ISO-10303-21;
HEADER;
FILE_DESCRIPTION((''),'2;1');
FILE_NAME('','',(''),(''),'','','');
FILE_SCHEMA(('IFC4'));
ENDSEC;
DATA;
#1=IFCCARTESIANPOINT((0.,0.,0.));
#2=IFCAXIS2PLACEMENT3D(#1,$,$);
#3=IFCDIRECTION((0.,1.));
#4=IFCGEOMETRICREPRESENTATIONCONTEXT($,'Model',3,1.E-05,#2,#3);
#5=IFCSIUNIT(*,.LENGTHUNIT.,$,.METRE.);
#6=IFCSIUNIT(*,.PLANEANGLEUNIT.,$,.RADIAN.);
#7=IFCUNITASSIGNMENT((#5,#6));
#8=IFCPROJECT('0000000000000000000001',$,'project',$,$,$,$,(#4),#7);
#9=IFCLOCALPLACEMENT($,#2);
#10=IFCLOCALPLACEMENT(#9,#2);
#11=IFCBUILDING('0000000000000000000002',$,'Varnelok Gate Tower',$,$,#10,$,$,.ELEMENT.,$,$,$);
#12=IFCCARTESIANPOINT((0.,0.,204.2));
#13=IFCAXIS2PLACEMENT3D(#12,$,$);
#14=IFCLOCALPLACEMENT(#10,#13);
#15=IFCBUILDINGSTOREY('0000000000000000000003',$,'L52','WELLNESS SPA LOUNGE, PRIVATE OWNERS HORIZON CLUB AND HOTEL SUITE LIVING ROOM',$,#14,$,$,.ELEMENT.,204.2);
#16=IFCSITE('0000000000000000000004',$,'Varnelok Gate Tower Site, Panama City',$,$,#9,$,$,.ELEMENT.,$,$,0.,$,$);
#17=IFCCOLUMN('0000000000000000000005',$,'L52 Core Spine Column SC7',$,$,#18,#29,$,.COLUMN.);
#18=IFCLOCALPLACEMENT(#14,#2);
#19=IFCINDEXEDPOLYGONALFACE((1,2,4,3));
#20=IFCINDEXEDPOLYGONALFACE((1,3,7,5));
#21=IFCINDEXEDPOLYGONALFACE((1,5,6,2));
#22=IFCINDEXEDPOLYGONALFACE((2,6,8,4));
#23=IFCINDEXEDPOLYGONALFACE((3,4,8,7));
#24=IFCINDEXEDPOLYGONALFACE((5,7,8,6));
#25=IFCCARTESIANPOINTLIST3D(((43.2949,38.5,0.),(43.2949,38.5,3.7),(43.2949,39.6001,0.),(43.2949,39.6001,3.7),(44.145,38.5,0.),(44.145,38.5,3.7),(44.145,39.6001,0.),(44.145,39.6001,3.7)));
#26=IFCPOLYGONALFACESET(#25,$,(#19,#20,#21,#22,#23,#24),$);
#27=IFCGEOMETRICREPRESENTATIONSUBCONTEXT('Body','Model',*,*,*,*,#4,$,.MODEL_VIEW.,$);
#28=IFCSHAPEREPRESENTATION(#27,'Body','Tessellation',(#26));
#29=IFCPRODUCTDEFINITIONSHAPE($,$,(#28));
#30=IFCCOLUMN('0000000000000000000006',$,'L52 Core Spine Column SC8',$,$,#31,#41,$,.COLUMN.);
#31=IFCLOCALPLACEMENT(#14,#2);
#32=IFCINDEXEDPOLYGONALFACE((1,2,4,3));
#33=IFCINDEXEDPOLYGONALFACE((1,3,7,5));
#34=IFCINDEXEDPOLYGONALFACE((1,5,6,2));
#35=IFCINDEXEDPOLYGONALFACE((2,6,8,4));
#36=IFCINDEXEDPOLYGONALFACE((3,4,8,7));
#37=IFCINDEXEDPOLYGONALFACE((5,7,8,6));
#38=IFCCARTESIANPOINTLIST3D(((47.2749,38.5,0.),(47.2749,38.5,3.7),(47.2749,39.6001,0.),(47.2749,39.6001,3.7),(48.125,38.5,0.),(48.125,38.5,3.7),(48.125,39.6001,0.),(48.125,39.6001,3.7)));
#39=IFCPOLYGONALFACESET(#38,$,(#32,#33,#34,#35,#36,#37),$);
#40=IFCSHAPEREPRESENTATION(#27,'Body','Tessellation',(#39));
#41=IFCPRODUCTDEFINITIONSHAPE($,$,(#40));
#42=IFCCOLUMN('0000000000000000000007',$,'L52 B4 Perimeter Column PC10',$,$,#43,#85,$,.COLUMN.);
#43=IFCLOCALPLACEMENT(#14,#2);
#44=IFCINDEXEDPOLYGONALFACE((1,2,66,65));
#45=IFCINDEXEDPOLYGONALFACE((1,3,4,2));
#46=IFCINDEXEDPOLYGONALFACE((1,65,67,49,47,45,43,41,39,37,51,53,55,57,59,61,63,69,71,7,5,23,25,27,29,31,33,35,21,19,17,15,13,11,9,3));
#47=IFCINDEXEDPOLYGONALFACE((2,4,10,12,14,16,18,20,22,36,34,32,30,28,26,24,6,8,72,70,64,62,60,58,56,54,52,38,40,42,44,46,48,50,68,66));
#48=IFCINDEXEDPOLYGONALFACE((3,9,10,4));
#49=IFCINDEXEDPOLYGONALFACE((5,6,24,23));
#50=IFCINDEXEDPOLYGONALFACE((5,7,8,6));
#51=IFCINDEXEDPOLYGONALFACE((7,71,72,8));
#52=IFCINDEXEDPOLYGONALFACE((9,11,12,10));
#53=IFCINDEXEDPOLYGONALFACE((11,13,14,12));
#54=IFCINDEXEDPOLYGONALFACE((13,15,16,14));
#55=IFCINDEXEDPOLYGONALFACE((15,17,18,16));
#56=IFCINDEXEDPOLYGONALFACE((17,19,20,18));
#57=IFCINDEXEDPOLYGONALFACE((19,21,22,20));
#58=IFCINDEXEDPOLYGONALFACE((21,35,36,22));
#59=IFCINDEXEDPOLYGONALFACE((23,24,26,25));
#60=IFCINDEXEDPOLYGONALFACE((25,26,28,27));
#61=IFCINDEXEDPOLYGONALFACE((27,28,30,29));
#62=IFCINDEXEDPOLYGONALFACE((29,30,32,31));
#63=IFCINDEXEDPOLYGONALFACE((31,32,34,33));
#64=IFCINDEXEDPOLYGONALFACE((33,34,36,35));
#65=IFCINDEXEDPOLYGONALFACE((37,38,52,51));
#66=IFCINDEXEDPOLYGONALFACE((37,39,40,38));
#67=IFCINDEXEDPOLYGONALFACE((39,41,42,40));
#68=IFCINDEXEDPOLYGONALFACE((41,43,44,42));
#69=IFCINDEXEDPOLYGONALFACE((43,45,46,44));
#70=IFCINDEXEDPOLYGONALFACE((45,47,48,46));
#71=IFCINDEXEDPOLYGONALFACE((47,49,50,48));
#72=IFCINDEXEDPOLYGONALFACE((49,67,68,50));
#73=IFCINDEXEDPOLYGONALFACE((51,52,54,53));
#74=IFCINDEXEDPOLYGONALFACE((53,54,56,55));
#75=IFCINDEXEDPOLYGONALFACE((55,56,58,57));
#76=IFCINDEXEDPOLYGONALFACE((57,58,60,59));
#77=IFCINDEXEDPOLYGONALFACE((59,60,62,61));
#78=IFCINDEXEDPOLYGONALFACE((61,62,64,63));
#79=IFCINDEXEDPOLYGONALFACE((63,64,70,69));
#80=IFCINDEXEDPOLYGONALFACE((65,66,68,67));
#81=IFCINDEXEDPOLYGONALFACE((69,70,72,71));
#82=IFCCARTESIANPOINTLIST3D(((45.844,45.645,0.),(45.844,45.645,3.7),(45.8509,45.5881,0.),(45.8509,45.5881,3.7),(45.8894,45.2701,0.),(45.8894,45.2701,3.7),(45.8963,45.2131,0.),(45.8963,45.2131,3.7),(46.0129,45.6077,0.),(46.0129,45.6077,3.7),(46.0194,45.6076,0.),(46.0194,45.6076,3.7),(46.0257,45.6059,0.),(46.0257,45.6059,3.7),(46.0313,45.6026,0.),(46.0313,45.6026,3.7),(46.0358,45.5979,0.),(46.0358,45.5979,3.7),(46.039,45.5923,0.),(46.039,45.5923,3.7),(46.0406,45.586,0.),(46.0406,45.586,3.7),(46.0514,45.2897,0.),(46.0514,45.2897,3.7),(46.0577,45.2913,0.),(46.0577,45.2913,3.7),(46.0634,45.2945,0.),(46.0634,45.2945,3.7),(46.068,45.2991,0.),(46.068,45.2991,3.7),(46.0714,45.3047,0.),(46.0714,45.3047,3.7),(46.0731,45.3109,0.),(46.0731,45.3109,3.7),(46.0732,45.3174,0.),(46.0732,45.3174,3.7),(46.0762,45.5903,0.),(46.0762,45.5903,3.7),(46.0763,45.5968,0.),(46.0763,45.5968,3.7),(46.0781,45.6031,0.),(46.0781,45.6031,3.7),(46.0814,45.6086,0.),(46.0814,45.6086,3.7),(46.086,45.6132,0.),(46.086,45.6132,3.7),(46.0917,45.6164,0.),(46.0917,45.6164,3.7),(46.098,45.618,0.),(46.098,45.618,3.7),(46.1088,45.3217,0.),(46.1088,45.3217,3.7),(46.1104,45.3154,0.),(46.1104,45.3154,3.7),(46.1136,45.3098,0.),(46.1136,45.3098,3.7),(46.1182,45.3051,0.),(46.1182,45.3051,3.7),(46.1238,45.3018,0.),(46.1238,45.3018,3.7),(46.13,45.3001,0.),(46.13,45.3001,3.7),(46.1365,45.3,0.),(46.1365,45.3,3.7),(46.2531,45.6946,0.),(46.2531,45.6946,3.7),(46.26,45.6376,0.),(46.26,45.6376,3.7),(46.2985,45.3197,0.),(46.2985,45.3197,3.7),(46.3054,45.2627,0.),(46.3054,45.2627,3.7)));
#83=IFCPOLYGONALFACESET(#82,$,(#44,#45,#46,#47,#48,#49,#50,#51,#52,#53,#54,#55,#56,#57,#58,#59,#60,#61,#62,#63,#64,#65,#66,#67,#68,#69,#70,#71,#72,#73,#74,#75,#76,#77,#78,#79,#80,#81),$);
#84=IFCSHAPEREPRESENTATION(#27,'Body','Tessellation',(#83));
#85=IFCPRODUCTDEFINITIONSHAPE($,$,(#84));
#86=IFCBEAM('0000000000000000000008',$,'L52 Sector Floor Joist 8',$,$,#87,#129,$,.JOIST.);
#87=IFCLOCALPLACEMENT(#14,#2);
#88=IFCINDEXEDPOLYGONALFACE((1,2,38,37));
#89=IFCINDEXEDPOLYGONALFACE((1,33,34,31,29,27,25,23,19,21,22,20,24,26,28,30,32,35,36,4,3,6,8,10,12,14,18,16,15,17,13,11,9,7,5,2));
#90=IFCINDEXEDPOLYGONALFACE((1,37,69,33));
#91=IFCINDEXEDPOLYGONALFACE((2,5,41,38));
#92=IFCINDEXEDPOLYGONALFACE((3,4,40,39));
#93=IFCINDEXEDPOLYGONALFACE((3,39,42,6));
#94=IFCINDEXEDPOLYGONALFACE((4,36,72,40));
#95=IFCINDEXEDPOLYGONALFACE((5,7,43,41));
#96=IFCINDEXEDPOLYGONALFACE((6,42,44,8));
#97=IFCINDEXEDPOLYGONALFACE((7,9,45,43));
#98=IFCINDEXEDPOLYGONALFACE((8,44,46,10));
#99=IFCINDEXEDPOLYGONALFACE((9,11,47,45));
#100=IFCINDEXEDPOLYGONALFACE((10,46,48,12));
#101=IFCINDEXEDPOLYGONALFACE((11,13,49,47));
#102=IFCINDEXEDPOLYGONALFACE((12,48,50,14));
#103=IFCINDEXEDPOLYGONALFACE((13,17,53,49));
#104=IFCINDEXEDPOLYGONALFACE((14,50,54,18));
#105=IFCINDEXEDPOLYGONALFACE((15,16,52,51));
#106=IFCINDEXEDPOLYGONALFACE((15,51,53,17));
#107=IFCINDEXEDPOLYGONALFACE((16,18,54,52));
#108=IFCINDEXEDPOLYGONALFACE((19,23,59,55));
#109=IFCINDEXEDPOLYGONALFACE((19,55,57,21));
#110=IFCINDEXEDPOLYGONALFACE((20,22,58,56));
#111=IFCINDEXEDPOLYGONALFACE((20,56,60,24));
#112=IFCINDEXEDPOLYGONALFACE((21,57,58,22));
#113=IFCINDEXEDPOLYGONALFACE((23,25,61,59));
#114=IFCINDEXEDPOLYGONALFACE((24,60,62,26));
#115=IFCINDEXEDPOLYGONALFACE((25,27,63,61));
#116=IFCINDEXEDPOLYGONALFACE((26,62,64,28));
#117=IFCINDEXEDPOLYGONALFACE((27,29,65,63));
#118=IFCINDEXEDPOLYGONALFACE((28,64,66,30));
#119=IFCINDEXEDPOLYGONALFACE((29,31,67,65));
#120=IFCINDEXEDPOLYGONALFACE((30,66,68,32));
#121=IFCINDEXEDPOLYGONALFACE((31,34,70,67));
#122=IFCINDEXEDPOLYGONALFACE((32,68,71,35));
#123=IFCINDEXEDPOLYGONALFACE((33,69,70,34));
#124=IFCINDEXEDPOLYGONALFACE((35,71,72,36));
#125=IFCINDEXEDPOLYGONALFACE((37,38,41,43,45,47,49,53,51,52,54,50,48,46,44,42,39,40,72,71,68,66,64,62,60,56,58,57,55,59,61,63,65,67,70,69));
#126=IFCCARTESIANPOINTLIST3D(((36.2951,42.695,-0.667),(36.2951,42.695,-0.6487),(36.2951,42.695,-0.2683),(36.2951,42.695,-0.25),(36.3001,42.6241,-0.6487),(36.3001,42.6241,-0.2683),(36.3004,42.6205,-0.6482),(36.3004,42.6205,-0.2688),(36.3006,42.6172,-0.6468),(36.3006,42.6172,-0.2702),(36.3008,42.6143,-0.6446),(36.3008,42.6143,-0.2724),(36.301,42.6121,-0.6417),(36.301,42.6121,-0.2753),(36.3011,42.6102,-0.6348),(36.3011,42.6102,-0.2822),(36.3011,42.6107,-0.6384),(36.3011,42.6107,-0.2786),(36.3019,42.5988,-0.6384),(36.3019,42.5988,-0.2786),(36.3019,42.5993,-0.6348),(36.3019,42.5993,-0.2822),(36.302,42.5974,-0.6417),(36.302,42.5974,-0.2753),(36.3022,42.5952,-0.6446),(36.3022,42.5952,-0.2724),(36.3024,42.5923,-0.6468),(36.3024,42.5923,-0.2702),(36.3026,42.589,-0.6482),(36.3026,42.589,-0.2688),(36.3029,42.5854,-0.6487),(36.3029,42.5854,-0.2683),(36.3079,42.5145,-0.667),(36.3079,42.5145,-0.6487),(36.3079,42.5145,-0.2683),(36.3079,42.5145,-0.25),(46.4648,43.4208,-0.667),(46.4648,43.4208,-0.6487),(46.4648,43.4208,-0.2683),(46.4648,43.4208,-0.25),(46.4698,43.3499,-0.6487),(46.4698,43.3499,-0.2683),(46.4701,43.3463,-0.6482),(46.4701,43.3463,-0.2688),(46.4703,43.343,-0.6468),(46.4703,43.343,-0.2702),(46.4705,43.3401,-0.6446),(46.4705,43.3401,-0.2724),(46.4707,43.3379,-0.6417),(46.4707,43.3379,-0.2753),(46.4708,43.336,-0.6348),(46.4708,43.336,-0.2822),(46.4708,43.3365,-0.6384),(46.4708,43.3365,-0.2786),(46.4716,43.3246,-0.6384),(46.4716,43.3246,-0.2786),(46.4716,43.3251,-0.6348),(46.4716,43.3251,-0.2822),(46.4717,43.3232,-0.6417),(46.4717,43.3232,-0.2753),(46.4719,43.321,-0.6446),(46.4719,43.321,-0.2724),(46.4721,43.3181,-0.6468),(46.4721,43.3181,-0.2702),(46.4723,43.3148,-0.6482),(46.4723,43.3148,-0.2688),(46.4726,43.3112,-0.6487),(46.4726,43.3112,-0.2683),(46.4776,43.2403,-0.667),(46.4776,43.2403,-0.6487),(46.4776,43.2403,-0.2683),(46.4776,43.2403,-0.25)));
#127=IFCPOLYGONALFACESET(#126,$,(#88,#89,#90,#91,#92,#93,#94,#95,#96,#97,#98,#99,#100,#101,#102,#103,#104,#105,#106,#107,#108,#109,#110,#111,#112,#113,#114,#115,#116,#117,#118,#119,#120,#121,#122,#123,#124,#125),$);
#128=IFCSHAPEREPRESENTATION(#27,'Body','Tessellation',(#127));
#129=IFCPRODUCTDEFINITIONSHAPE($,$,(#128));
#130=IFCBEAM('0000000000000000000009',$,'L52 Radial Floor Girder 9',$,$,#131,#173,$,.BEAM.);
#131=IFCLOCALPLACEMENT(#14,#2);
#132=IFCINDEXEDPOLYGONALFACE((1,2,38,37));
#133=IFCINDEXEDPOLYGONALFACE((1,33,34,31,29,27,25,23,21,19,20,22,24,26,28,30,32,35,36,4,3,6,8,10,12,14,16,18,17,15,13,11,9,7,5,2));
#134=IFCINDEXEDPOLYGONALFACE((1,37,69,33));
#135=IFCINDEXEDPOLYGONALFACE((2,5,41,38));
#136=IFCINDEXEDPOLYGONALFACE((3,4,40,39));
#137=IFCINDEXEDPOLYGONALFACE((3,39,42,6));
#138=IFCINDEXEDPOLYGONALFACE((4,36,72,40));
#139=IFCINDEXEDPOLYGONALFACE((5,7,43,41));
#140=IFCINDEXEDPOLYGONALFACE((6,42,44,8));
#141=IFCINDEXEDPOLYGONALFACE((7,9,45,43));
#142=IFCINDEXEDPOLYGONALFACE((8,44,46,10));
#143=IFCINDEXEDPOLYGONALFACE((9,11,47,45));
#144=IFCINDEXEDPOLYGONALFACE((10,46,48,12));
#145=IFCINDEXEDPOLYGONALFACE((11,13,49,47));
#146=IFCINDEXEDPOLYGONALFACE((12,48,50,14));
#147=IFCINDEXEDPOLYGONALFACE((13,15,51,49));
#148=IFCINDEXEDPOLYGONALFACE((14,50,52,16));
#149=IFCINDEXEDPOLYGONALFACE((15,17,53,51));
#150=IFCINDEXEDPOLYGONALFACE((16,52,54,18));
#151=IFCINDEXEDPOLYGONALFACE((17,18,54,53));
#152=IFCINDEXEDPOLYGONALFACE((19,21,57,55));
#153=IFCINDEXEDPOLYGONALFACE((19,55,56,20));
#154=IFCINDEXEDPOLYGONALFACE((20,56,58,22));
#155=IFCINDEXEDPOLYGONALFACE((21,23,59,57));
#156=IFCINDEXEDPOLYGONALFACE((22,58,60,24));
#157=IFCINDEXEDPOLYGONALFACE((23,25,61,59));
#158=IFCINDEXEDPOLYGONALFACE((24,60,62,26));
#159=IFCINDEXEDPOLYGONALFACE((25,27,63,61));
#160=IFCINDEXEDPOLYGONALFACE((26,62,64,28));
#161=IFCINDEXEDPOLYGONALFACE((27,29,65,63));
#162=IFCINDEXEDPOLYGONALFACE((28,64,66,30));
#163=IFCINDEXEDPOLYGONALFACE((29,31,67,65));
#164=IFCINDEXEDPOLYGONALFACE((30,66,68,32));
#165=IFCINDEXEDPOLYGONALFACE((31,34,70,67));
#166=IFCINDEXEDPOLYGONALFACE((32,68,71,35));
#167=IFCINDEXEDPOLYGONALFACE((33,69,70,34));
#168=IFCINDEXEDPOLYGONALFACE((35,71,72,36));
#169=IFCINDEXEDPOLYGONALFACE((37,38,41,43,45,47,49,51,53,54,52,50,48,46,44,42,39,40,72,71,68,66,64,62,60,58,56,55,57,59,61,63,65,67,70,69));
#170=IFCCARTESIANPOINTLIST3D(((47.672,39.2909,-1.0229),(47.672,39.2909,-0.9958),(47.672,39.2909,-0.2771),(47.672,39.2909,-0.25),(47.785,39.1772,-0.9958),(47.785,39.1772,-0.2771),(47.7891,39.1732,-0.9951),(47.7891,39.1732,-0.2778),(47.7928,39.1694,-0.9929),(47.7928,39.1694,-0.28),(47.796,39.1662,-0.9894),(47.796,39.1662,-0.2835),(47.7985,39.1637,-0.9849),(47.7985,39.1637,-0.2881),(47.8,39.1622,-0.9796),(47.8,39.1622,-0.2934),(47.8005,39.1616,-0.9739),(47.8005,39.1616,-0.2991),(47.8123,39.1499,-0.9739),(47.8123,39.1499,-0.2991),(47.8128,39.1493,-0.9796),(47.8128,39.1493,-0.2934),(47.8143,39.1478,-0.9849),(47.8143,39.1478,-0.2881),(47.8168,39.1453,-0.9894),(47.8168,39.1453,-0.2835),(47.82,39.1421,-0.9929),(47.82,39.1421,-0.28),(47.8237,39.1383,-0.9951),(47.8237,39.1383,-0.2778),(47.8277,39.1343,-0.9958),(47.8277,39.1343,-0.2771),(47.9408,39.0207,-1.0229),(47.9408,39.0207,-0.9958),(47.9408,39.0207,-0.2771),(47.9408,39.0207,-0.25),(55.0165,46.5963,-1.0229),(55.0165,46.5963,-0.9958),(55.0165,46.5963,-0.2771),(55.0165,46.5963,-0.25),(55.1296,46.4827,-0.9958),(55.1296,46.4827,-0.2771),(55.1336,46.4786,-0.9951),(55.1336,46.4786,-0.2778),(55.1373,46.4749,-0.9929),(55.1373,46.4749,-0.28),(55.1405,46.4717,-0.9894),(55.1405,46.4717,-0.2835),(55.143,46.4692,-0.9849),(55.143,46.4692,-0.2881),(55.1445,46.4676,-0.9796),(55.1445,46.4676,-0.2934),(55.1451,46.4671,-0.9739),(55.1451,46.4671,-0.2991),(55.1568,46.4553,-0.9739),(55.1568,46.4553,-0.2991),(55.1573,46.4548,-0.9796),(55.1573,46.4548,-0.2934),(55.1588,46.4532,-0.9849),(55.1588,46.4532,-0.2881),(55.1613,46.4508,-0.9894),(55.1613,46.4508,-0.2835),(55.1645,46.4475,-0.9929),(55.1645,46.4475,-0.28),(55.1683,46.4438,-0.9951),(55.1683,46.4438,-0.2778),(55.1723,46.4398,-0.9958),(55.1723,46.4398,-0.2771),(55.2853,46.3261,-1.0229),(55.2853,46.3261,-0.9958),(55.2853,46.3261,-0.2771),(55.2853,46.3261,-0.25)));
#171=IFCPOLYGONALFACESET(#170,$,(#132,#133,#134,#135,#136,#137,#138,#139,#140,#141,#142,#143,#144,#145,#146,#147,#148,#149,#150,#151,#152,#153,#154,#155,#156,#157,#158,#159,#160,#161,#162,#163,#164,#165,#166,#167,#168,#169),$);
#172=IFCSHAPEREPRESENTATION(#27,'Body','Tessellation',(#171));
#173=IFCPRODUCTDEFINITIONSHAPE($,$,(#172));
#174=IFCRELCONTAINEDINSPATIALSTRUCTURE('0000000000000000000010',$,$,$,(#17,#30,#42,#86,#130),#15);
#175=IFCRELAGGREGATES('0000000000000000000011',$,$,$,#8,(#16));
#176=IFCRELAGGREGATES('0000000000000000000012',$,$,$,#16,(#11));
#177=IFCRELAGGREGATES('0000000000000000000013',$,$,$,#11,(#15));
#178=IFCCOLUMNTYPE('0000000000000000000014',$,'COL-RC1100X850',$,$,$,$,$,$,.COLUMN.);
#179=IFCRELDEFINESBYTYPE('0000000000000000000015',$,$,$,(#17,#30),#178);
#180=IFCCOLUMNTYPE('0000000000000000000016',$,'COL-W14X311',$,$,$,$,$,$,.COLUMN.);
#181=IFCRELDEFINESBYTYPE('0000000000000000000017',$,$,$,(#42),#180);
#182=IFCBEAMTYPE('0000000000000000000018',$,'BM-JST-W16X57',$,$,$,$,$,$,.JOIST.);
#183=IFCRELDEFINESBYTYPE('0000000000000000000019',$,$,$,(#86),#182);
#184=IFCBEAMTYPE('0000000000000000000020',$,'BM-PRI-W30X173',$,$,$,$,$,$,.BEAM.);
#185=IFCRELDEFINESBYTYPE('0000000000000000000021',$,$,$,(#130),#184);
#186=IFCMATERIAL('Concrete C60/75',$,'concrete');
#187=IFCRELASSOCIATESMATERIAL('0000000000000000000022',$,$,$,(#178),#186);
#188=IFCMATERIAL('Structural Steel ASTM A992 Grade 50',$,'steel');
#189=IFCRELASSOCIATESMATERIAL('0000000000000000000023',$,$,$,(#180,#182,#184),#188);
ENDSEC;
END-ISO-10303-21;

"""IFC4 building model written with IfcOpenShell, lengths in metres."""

from ifc_helpers import new_model, si_unit, direction, frame, origin, origin_2d, place, context, subcontext, project, spatial, rectangle, i_section, extrude, material, material_profile, profile_set, type_object, element, save


model = new_model("IFC4")

# Units and contexts
model_context = context("Model", 3, precision=1e-05, world=origin(), true_north=direction((0.0, 1.0)))
body_context = subcontext(model_context, "Body", "Model", "MODEL_VIEW")
ifc_project = project(units=[si_unit("LENGTHUNIT", "METRE"), si_unit("PLANEANGLEUNIT", "RADIAN")], contexts=[model_context])

# Site, building, storey
site_placement = place(None, origin())
site = spatial("IfcSite", under=ifc_project, at=site_placement, Name="Varnelok Gate Tower Site, Panama City", CompositionType="ELEMENT", RefElevation=0.0)
building_placement = place(site_placement, origin())
building = spatial("IfcBuilding", under=site, at=building_placement, Name="Varnelok Gate Tower", CompositionType="ELEMENT")
storey_placement = place(building_placement, frame((0.0, 0.0, 204.2)))
storey = spatial("IfcBuildingStorey", under=building, at=storey_placement, Name="L52", Description="WELLNESS SPA LOUNGE, PRIVATE OWNERS HORIZON CLUB AND HOTEL SUITE LIVING ROOM", CompositionType="ELEMENT", Elevation=204.2)

# Columns
ifc_material_1 = material(Name="Concrete C60/75", Category="concrete")
ifc_material_profile_1 = material_profile(ifc_material_1, rectangle(XDim=0.8501, YDim=1.1001, at=origin_2d()), Name="RC1100X850")
ifc_profile_set_1 = profile_set([ifc_material_profile_1], Name="Concrete C60/75")
column_type_1 = type_object("IfcColumnType", Name="COL-RC1100X850", PredefinedType="COLUMN", material=ifc_profile_set_1)
for number, where, z_axis, x_axis, name in (
    (1, (43.72, 39.05, 0.0), (0.0, 0.0, 1.0), (1.0, 0.0, 0.0), "L52 Core Spine Column SC7"),
    (2, (47.7, 39.05, 0.0), (0.0, 0.0, 1.0), (1.0, 0.0, 0.0), "L52 Core Spine Column SC8"),
):
    element("IfcColumn", number, at=place(storey_placement, frame(where, z_axis=z_axis, x_axis=x_axis)), inside=storey, type_object=column_type_1, Name=name, PredefinedType="COLUMN", context=body_context, shape_type="SweptSolid", body=[
        extrude(rectangle(XDim=0.8501, YDim=1.1001, at=origin_2d()), origin(), (0.0, 0.0, 1.0), 3.7),
    ])
ifc_material_2 = material(Name="Structural Steel ASTM A992 Grade 50", Category="steel")
ifc_material_profile_2 = material_profile(ifc_material_2, i_section(OverallWidth=0.4121, OverallDepth=0.4351, WebThickness=0.0359, FlangeThickness=0.0574, FilletRadius=0.0249, at=origin_2d()), Name="W14X311")
ifc_profile_set_2 = profile_set([ifc_material_profile_2], Name="Structural Steel ASTM A992 Grade 50")
column_type_2 = type_object("IfcColumnType", Name="COL-W14X311", PredefinedType="COLUMN", material=ifc_profile_set_2)
column_placement = place(storey_placement, frame((46.0747, 45.4539, 0.0), z_axis=(0.0, 0.0, 1.0), x_axis=(0.992732, 0.120345, 0.0)))
element("IfcColumn", 3, at=column_placement, inside=storey, type_object=column_type_2, Name="L52 B4 Perimeter Column PC10", PredefinedType="COLUMN", context=body_context, shape_type="SweptSolid", body=[
    extrude(i_section(OverallWidth=0.4121, OverallDepth=0.4351, WebThickness=0.0359, FlangeThickness=0.0574, FilletRadius=0.0249, at=origin_2d()), origin(), (0.0, 0.0, 1.0), 3.7),
])

# Beams
ifc_material_profile_3 = material_profile(ifc_material_2, i_section(OverallWidth=0.1809, OverallDepth=0.417, WebThickness=0.011, FlangeThickness=0.0183, FilletRadius=0.0139, at=origin_2d()), Name="W16X57")
ifc_profile_set_3 = profile_set([ifc_material_profile_3], Name="Structural Steel ASTM A992 Grade 50")
beam_type_1 = type_object("IfcBeamType", Name="BM-JST-W16X57", PredefinedType="JOIST", material=ifc_profile_set_3)
beam_1_placement = place(storey_placement, frame((46.4712, 43.3306, -0.4585), z_axis=(-0.997463, -0.071191, 0.0), x_axis=(0.071191, -0.997463, 0.0)))
element("IfcBeam", 4, at=beam_1_placement, inside=storey, type_object=beam_type_1, Name="L52 Sector Floor Joist 8", PredefinedType="JOIST", context=body_context, shape_type="SweptSolid", body=[
    extrude(i_section(OverallWidth=0.1809, OverallDepth=0.417, WebThickness=0.011, FlangeThickness=0.0183, FilletRadius=0.0139, at=origin_2d()), origin(), (0.0, 0.0, 1.0), 10.1956),
])
ifc_material_profile_4 = material_profile(ifc_material_2, i_section(OverallWidth=0.3811, OverallDepth=0.7729, WebThickness=0.0166, FlangeThickness=0.0271, FilletRadius=0.022, at=origin_2d()), Name="W30X173")
ifc_profile_set_4 = profile_set([ifc_material_profile_4], Name="Structural Steel ASTM A992 Grade 50")
beam_type_2 = type_object("IfcBeamType", Name="BM-PRI-W30X173", PredefinedType="BEAM", material=ifc_profile_set_4)
beam_2_placement = place(storey_placement, frame((47.8064, 39.1558, -0.6365), z_axis=(0.70899, 0.705219, 0.0), x_axis=(-0.705219, 0.70899, 0.0)))
element("IfcBeam", 5, at=beam_2_placement, inside=storey, type_object=beam_type_2, Name="L52 Radial Floor Girder 9", PredefinedType="BEAM", context=body_context, shape_type="SweptSolid", body=[
    extrude(i_section(OverallWidth=0.3811, OverallDepth=0.7729, WebThickness=0.0166, FlangeThickness=0.0271, FilletRadius=0.022, at=origin_2d()), origin(), (0.0, 0.0, 1.0), 10.3591),
])

save(model, "model.ifc")
